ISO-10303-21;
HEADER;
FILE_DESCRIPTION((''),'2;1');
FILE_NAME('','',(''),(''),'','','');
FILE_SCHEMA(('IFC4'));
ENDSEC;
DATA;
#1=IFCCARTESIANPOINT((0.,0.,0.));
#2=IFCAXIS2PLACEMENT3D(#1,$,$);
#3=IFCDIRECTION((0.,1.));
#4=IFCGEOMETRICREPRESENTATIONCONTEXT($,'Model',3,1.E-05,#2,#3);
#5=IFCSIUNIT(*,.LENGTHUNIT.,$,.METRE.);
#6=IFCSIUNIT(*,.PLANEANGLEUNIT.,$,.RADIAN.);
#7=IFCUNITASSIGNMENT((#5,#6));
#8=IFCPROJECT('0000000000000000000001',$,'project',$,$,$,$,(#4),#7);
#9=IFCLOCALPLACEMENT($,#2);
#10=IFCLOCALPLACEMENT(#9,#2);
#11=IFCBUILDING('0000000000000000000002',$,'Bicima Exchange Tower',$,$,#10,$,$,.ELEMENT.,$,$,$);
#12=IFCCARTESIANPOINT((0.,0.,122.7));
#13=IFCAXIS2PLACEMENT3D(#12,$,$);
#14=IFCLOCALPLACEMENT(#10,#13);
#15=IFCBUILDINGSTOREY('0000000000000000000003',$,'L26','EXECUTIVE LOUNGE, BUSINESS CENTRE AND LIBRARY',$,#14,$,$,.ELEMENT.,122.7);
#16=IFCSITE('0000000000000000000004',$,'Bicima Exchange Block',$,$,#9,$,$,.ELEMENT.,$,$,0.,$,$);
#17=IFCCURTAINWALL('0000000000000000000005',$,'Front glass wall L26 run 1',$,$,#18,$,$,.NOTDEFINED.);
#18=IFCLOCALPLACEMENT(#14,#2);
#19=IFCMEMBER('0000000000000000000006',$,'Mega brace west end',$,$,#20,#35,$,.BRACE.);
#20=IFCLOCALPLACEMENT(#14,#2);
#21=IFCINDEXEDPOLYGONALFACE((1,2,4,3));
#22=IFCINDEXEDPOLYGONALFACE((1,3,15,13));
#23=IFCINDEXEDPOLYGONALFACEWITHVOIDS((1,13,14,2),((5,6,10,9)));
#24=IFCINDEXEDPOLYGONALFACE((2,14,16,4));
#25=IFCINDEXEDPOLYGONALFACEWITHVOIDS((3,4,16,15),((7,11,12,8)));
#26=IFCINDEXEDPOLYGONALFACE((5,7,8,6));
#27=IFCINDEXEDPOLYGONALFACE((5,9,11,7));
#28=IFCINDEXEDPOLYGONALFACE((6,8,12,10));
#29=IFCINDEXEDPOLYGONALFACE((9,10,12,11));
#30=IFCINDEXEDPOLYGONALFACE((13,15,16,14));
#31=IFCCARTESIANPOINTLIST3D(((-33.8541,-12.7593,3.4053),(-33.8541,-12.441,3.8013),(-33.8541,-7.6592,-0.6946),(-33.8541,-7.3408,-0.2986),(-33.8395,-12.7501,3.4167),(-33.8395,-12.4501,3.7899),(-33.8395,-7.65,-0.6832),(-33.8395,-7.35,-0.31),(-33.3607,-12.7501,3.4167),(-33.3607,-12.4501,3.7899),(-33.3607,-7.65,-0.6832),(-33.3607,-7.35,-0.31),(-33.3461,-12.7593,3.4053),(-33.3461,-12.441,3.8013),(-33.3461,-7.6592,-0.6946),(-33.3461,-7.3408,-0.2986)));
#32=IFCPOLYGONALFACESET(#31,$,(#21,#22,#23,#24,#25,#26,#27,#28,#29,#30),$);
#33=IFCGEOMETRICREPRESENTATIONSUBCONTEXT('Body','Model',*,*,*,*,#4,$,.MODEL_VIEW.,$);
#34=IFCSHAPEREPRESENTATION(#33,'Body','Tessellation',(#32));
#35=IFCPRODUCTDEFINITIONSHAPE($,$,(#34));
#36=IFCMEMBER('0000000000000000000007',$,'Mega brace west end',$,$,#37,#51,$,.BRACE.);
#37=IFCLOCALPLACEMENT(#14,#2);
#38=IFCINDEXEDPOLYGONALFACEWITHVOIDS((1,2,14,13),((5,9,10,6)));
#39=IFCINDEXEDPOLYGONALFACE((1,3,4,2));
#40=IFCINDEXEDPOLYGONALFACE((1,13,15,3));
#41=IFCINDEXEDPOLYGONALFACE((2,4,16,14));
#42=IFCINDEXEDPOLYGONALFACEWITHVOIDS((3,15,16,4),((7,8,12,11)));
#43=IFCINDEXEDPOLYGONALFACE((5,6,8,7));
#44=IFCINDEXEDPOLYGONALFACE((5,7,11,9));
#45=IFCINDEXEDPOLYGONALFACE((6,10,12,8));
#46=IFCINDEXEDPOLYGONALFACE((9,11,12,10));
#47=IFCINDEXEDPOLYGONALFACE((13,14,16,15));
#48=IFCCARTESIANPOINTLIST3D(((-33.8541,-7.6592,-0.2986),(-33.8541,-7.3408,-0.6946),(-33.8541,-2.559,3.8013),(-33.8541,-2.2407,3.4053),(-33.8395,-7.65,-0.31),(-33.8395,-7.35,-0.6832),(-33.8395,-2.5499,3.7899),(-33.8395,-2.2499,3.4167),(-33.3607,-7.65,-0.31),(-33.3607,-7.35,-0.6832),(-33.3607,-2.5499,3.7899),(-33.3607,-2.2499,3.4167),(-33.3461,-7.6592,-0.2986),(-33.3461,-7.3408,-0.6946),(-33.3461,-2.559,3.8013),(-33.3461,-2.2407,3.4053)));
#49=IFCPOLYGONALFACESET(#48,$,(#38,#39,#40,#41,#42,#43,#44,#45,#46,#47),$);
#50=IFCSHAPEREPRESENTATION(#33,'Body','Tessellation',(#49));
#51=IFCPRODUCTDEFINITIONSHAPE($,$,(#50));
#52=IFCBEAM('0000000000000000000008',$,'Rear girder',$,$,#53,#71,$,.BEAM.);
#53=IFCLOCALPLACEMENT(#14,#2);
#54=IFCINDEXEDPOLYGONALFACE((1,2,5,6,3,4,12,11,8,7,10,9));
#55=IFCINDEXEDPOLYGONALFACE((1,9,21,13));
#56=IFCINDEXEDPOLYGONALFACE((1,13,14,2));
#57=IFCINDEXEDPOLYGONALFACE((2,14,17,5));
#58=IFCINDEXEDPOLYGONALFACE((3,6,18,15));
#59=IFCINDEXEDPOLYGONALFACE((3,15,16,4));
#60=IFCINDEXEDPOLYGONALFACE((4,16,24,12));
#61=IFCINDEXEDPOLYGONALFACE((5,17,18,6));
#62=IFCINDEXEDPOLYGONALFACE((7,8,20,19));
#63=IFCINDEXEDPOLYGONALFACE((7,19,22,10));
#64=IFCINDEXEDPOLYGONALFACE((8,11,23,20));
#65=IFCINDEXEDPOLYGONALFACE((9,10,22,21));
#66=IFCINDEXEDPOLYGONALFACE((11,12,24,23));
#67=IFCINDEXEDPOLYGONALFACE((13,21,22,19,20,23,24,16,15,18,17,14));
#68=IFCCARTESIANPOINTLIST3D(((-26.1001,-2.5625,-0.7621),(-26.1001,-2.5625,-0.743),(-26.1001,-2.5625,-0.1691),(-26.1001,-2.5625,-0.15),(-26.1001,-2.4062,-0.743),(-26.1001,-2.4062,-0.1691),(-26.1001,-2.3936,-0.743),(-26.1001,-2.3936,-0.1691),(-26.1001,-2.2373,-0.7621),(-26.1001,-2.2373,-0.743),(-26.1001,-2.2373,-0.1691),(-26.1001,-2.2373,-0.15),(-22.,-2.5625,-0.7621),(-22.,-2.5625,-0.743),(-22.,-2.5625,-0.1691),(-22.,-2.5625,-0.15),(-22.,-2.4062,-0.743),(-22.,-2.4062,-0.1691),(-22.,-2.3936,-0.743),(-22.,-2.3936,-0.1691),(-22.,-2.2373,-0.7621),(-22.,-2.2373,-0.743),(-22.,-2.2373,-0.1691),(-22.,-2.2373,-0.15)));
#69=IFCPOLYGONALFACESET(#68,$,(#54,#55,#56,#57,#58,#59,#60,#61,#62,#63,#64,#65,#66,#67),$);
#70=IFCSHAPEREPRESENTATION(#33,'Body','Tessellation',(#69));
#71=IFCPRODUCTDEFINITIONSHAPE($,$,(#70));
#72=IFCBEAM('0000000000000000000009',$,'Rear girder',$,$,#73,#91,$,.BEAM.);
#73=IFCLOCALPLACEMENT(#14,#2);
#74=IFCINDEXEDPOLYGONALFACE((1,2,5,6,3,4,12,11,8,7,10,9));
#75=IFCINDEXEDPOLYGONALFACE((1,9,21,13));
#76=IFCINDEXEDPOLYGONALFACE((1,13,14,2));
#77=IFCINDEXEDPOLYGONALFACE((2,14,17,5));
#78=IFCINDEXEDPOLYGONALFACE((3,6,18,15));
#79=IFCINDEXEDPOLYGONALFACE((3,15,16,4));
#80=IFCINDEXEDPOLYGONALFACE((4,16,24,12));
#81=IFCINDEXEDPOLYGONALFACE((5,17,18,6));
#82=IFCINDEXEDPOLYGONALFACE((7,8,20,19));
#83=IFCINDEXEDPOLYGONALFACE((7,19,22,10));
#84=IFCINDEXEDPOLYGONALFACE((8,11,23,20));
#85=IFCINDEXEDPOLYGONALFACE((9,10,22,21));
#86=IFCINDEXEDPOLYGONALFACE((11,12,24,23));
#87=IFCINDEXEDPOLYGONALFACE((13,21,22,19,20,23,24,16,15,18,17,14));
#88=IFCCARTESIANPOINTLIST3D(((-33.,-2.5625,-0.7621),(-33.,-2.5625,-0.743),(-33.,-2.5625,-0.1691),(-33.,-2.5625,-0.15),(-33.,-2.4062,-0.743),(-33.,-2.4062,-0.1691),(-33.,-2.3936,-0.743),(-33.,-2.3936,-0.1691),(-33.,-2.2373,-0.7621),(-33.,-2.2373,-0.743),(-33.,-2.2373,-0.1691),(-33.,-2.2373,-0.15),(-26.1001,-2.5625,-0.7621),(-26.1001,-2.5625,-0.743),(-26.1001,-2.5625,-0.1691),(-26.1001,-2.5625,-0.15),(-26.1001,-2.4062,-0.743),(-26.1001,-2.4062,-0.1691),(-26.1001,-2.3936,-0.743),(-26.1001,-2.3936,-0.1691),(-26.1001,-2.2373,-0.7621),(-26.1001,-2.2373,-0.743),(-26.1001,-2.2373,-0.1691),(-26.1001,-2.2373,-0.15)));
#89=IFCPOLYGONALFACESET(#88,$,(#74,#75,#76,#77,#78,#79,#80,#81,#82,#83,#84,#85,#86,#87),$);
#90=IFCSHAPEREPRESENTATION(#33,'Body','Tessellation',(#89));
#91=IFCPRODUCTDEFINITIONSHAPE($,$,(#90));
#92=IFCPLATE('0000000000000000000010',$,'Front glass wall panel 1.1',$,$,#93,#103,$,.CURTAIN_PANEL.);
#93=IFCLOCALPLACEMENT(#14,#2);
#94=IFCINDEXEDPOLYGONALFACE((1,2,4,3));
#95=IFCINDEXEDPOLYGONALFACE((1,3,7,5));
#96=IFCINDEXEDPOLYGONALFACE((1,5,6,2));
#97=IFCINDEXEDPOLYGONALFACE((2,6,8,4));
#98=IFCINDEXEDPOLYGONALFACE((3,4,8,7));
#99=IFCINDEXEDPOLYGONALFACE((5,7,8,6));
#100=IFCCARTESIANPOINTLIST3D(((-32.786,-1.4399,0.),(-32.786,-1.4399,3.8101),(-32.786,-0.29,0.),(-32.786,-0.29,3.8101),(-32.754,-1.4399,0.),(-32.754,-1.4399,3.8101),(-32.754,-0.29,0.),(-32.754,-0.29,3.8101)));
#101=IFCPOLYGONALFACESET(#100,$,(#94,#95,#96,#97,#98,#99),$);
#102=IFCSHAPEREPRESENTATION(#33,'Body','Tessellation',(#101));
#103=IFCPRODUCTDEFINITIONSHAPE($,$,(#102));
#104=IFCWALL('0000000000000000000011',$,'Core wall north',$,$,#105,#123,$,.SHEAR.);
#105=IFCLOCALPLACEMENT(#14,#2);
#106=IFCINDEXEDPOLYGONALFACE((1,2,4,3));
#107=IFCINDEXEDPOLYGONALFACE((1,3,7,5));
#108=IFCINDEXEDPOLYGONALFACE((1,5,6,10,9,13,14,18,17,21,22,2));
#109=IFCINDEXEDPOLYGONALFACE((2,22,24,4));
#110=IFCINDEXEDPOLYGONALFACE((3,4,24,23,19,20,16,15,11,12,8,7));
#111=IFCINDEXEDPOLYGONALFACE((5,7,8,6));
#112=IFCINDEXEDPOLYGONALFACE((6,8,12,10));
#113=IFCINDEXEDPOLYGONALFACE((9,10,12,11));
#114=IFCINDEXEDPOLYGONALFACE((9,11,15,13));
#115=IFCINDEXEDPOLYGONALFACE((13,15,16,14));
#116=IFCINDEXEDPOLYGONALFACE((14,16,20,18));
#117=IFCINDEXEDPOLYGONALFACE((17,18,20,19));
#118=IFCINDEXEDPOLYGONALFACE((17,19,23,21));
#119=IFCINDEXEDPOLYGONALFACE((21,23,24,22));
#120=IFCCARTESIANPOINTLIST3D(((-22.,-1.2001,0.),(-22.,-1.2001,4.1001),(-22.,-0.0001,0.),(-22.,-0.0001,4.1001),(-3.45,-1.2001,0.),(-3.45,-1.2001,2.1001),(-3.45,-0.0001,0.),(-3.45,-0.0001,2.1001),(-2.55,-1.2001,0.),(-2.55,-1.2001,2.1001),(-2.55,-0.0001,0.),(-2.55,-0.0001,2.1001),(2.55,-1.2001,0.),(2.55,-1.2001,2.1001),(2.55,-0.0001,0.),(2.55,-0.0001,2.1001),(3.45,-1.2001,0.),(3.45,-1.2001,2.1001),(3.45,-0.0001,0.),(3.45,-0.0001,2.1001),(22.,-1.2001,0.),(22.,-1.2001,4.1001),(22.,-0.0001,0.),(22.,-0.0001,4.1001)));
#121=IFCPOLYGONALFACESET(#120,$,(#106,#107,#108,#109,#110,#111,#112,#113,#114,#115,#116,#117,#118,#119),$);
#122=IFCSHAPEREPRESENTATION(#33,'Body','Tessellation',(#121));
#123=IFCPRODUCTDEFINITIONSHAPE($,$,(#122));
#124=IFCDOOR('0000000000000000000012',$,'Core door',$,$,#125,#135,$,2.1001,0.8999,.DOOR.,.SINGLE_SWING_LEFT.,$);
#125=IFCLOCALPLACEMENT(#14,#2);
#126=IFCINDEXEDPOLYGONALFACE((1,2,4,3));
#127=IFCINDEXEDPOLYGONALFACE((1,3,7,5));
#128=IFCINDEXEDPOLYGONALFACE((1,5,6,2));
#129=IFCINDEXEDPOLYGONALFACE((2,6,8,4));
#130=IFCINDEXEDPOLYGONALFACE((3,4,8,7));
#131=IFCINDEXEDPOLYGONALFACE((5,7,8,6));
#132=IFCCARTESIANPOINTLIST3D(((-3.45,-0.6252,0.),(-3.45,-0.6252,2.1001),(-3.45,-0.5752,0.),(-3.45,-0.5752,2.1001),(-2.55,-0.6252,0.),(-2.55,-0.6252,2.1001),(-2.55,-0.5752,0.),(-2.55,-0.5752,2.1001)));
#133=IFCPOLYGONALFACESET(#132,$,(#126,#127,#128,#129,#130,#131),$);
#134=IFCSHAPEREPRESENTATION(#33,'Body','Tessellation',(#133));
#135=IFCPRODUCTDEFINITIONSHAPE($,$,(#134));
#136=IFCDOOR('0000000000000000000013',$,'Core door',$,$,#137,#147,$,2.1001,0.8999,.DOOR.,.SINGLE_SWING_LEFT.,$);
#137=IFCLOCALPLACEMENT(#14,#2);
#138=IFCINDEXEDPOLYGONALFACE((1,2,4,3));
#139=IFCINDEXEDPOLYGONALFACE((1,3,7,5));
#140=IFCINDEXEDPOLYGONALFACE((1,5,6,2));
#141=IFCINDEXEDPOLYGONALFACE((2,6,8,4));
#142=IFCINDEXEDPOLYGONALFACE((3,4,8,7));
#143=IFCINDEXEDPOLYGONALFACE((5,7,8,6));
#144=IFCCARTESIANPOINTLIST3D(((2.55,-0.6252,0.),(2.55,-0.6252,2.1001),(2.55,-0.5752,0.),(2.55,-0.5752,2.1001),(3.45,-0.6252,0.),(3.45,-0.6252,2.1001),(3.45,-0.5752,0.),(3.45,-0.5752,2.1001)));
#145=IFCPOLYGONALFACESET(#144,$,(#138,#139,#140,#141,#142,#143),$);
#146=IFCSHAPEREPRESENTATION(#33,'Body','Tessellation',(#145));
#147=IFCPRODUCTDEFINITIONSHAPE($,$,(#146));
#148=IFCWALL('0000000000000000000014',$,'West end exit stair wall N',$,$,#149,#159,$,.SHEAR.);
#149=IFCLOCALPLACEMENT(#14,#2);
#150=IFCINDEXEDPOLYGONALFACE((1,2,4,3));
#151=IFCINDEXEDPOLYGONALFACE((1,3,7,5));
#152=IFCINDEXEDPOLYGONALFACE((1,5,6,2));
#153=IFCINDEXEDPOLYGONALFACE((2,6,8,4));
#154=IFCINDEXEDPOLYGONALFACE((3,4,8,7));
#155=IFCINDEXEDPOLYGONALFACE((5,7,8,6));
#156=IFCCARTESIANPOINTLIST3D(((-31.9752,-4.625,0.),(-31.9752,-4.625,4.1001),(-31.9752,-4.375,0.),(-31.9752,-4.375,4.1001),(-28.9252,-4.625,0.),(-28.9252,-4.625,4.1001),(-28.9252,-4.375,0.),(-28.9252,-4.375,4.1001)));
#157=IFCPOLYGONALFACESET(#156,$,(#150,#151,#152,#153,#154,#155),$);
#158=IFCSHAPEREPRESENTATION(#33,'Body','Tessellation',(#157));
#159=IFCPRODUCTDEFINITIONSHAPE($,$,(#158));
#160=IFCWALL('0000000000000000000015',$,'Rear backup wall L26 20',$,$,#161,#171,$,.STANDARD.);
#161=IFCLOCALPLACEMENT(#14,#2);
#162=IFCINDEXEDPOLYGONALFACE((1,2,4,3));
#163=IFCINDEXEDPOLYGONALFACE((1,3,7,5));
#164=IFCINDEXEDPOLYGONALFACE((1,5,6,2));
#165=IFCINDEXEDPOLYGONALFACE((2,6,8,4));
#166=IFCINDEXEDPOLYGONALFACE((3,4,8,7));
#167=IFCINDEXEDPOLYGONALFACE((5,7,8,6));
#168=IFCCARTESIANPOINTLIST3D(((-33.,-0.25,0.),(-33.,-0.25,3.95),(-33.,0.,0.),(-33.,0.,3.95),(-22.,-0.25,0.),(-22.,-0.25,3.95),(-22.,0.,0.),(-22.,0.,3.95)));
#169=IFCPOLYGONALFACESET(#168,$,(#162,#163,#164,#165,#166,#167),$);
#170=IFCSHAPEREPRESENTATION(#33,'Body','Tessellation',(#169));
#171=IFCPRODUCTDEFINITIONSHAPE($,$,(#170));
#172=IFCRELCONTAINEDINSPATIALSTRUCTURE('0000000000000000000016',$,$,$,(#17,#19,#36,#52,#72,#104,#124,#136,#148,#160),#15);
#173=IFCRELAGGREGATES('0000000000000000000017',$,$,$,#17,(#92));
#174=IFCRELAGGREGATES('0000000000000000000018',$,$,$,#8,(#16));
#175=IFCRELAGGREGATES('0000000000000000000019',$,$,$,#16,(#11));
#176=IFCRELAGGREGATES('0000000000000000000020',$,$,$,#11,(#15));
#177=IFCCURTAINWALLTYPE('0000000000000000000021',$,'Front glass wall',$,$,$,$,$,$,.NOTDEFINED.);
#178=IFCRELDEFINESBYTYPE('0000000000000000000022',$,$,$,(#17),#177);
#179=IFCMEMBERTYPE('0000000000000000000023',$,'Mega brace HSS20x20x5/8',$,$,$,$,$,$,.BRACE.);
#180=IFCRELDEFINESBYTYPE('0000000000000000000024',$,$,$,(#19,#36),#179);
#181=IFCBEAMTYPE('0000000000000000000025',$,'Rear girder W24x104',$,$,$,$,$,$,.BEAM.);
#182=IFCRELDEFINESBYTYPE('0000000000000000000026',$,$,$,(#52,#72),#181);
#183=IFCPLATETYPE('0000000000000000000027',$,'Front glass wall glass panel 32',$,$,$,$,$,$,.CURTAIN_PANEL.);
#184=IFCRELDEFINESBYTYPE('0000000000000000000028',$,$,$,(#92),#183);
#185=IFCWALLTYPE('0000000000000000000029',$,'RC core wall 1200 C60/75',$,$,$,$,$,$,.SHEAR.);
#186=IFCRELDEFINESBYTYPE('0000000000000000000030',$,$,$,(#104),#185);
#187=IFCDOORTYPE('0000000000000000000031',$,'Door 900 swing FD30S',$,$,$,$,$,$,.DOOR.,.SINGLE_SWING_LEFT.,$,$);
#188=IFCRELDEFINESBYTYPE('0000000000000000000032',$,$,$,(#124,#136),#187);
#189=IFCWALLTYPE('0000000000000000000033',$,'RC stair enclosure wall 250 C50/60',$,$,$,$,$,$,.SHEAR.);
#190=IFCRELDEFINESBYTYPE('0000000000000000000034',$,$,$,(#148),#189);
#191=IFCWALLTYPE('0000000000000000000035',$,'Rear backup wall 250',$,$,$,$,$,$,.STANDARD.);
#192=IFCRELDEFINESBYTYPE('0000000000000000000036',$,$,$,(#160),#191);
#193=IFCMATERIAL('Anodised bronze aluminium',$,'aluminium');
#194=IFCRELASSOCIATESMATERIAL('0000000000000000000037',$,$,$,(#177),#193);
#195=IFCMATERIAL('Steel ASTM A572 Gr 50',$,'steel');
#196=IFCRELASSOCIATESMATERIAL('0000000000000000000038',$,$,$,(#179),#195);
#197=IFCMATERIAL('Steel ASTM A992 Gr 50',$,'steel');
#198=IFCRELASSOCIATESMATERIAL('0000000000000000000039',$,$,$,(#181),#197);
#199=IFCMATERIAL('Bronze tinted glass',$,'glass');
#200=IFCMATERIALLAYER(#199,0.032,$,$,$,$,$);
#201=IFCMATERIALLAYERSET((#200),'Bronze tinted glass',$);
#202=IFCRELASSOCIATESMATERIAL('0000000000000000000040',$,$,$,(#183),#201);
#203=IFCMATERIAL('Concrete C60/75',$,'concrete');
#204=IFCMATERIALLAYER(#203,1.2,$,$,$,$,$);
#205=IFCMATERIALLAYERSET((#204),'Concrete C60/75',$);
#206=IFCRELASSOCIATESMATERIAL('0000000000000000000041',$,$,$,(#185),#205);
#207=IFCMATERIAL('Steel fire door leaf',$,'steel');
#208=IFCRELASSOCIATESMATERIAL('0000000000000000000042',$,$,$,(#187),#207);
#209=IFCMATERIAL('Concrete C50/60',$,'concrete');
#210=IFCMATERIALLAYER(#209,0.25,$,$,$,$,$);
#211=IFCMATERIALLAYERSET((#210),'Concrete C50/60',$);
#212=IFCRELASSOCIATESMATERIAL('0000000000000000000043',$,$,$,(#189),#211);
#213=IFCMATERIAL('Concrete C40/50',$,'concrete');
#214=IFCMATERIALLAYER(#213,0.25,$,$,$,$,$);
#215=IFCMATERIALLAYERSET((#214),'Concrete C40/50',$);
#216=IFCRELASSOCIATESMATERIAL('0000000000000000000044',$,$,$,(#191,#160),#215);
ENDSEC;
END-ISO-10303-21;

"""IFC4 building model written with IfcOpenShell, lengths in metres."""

from ifc_helpers import new_model, si_unit, direction, frame, frame_2d, origin, origin_2d, place, context, subcontext, project, spatial, rectangle, hollow_rectangle, i_section, extrude, material, layer, layer_set, layer_usage, material_profile, profile_set, type_object, element, fill, aggregate, save


model = new_model("IFC4")

# Units and contexts
model_context = context("Model", 3, precision=1e-05, world=origin(), true_north=direction((0.0, 1.0)))
body_context = subcontext(model_context, "Body", "Model", "MODEL_VIEW")
ifc_project = project(units=[si_unit("LENGTHUNIT", "METRE"), si_unit("PLANEANGLEUNIT", "RADIAN")], contexts=[model_context])

# Site, building, storey
site_placement = place(None, origin())
site = spatial("IfcSite", under=ifc_project, at=site_placement, Name="Bicima Exchange Block", CompositionType="ELEMENT", RefElevation=0.0)
building_placement = place(site_placement, origin())
building = spatial("IfcBuilding", under=site, at=building_placement, Name="Bicima Exchange Tower", CompositionType="ELEMENT")
storey_placement = place(building_placement, frame((0.0, 0.0, 122.7)))
storey = spatial("IfcBuildingStorey", under=building, at=storey_placement, Name="L26", Description="EXECUTIVE LOUNGE, BUSINESS CENTRE AND LIBRARY", CompositionType="ELEMENT", Elevation=122.7)

# Shared definitions
ifc_material_1 = material(Name="Steel ASTM A572 Gr 50", Category="steel")
ifc_material_2 = material(Name="Steel ASTM A992 Gr 50", Category="steel")

# Curtain wall
ifc_material_3 = material(Name="Anodised bronze aluminium", Category="aluminium")
curtain_wall_type = type_object("IfcCurtainWallType", Name="Front glass wall", PredefinedType="NOTDEFINED", material=ifc_material_3)
curtain_wall_placement = place(storey_placement, origin())
curtain_wall = element("IfcCurtainWall", 1, at=curtain_wall_placement, inside=storey, type_object=curtain_wall_type, Name="Front glass wall L26 run 1", PredefinedType="NOTDEFINED")

# Members
ifc_material_profile_1 = material_profile(ifc_material_1, hollow_rectangle(XDim=0.5081, YDim=0.5081, WallThickness=0.0146, at=origin_2d()))
ifc_profile_set_1 = profile_set([ifc_material_profile_1], Name="Steel ASTM A572 Gr 50")
member_type_1 = type_object("IfcMemberType", Name="Mega brace HSS20x20x5/8", PredefinedType="BRACE", material=ifc_profile_set_1)
for number, where, z_axis, x_axis, name in (
    (2, (-33.6001, -7.5, -0.4966), (0.0, -0.779392, 0.626536), (1.0, 0.0, 0.0), "Mega brace west end"),
    (3, (-33.6001, -7.5, -0.4966), (0.0, 0.779392, 0.626536), (-1.0, 0.0, 0.0), "Mega brace west end"),
):
    element("IfcMember", number, at=place(storey_placement, frame(where, z_axis=z_axis, x_axis=x_axis)), inside=storey, type_object=member_type_1, Name=name, PredefinedType="BRACE", context=body_context, shape_type="SweptSolid", body=[
        extrude(hollow_rectangle(XDim=0.5081, YDim=0.5081, WallThickness=0.0146, at=origin_2d()), origin(), (0.0, 0.0, 1.0), 6.5437),
    ])

# Beams
ifc_material_profile_2 = material_profile(ifc_material_2, i_section(OverallWidth=0.3252, OverallDepth=0.6121, WebThickness=0.0127, FlangeThickness=0.019, at=origin_2d()))
ifc_profile_set_2 = profile_set([ifc_material_profile_2], Name="Steel ASTM A992 Gr 50")
beam_type_1 = type_object("IfcBeamType", Name="Rear girder W24x104", PredefinedType="BEAM", material=ifc_profile_set_2)
beam_1_placement = place(storey_placement, frame((-22.0, -2.3999, -0.4561), z_axis=(-1.0, 0.0, 0.0), x_axis=(0.0, -1.0, 0.0)))
element("IfcBeam", 4, at=beam_1_placement, inside=storey, type_object=beam_type_1, Name="Rear girder", PredefinedType="BEAM", context=body_context, shape_type="SweptSolid", body=[
    extrude(i_section(OverallWidth=0.3252, OverallDepth=0.6121, WebThickness=0.0127, FlangeThickness=0.019, at=origin_2d()), origin(), (0.0, 0.0, 1.0), 4.1001),
])
beam_2_placement = place(storey_placement, frame((-26.1001, -2.3999, -0.4561), z_axis=(-1.0, 0.0, 0.0), x_axis=(0.0, -1.0, 0.0)))
element("IfcBeam", 5, at=beam_2_placement, inside=storey, type_object=beam_type_1, Name="Rear girder", PredefinedType="BEAM", context=body_context, shape_type="SweptSolid", body=[
    extrude(i_section(OverallWidth=0.3252, OverallDepth=0.6121, WebThickness=0.0127, FlangeThickness=0.019, at=origin_2d()), origin(), (0.0, 0.0, 1.0), 6.8999),
])

# Plate
ifc_material_4 = material(Name="Bronze tinted glass", Category="glass")
ifc_layer_1 = layer(ifc_material_4, 0.032)
ifc_layer_set_1 = layer_set([ifc_layer_1], Name="Bronze tinted glass")
plate_type = type_object("IfcPlateType", Name="Front glass wall glass panel 32", PredefinedType="CURTAIN_PANEL", material=ifc_layer_set_1)
plate_placement = place(storey_placement, frame((-32.77, -0.865, 0.0), z_axis=(0.0, 0.0, 1.0), x_axis=(0.0, -1.0, 0.0)))
plate = element("IfcPlate", 6, at=plate_placement, type_object=plate_type, Name="Front glass wall panel 1.1", PredefinedType="CURTAIN_PANEL", context=body_context, shape_type="SweptSolid", body=[
    extrude(rectangle(XDim=1.1499, YDim=0.032, at=origin_2d()), origin(), (0.0, 0.0, 1.0), 3.8101),
])
aggregate(curtain_wall, [plate])

# Wall, openings, doors
ifc_material_5 = material(Name="Concrete C60/75", Category="concrete")
ifc_layer_2 = layer(ifc_material_5, 1.2)
ifc_layer_set_2 = layer_set([ifc_layer_2], Name="Concrete C60/75")
wall_type_1 = type_object("IfcWallType", Name="RC core wall 1200 C60/75", PredefinedType="SHEAR", material=ifc_layer_set_2)
wall_1_placement = place(storey_placement, frame((-22.0, -0.6001, 0.0), z_axis=(0.0, 0.0, 1.0), x_axis=(1.0, 0.0, 0.0)))
wall_1 = element("IfcWall", 7, at=wall_1_placement, inside=storey, type_object=wall_type_1, Name="Core wall north", PredefinedType="SHEAR", context=body_context, shape_type="SweptSolid", body=[
    extrude(rectangle(XDim=44.0, YDim=1.2, at=frame_2d((22.0, 0.0))), origin(), (0.0, 0.0, 1.0), 4.1001),
])
opening_1_placement = place(wall_1_placement, frame((18.55, 0.0, 0.0)))
opening_1 = element("IfcOpeningElement", 8, at=opening_1_placement, cuts=wall_1, PredefinedType="OPENING", context=body_context, shape_type="SweptSolid", body=[
    extrude(rectangle(XDim=0.8999, YDim=2.1001, at=frame_2d((0.45, 1.05))), frame((0.0, 0.6118, 0.0), z_axis=(0.0, -1.0, 0.0), x_axis=(1.0, 0.0, 0.0)), (0.0, 0.0, 1.0), 1.2239),
])
opening_2_placement = place(wall_1_placement, frame((24.55, 0.0, 0.0)))
opening_2 = element("IfcOpeningElement", 9, at=opening_2_placement, cuts=wall_1, PredefinedType="OPENING", context=body_context, shape_type="SweptSolid", body=[
    extrude(rectangle(XDim=0.8999, YDim=2.1001, at=frame_2d((0.45, 1.05))), frame((0.0, 0.6118, 0.0), z_axis=(0.0, -1.0, 0.0), x_axis=(1.0, 0.0, 0.0)), (0.0, 0.0, 1.0), 1.2239),
])
ifc_material_6 = material(Name="Steel fire door leaf", Category="steel")
door_type = type_object("IfcDoorType", Name="Door 900 swing FD30S", OperationType="SINGLE_SWING_LEFT", PredefinedType="DOOR", material=ifc_material_6)
door_1_placement = place(opening_1_placement, origin())
door_1 = element("IfcDoor", 10, at=door_1_placement, inside=storey, type_object=door_type, Name="Core door", OperationType="SINGLE_SWING_LEFT", OverallHeight=2.1001, OverallWidth=0.8999, PredefinedType="DOOR", context=body_context, shape_type="SweptSolid", body=[
    extrude(rectangle(XDim=0.8999, YDim=2.1001, at=frame_2d((0.45, 1.05))), frame((0.0, 0.0249, 0.0), z_axis=(0.0, -1.0, 0.0), x_axis=(1.0, 0.0, 0.0)), (0.0, 0.0, 1.0), 0.05),
])
fill(opening_1, door_1)
door_2_placement = place(opening_2_placement, origin())
door_2 = element("IfcDoor", 11, at=door_2_placement, inside=storey, type_object=door_type, Name="Core door", OperationType="SINGLE_SWING_LEFT", OverallHeight=2.1001, OverallWidth=0.8999, PredefinedType="DOOR", context=body_context, shape_type="SweptSolid", body=[
    extrude(rectangle(XDim=0.8999, YDim=2.1001, at=frame_2d((0.45, 1.05))), frame((0.0, 0.0249, 0.0), z_axis=(0.0, -1.0, 0.0), x_axis=(1.0, 0.0, 0.0)), (0.0, 0.0, 1.0), 0.05),
])
fill(opening_2, door_2)

# Walls
ifc_material_7 = material(Name="Concrete C50/60", Category="concrete")
ifc_layer_3 = layer(ifc_material_7, 0.25)
ifc_layer_set_3 = layer_set([ifc_layer_3], Name="Concrete C50/60")
wall_type_2 = type_object("IfcWallType", Name="RC stair enclosure wall 250 C50/60", PredefinedType="SHEAR", material=ifc_layer_set_3)
wall_2_placement = place(storey_placement, frame((-31.9751, -4.5, 0.0), z_axis=(0.0, 0.0, 1.0), x_axis=(1.0, 0.0, 0.0)))
element("IfcWall", 12, at=wall_2_placement, inside=storey, type_object=wall_type_2, Name="West end exit stair wall N", PredefinedType="SHEAR", context=body_context, shape_type="SweptSolid", body=[
    extrude(rectangle(XDim=3.05, YDim=0.25, at=frame_2d((1.5249, 0.0))), origin(), (0.0, 0.0, 1.0), 4.1001),
])
ifc_material_8 = material(Name="Concrete C40/50", Category="concrete")
ifc_layer_4 = layer(ifc_material_8, 0.25)
ifc_layer_set_4 = layer_set([ifc_layer_4], Name="Concrete C40/50")
ifc_layer_usage = layer_usage(ifc_layer_set_4, "AXIS2", "POSITIVE", -0.125)
wall_type_3 = type_object("IfcWallType", Name="Rear backup wall 250", PredefinedType="STANDARD", material=ifc_layer_set_4)
wall_3_placement = place(storey_placement, frame((-22.0, -0.125, 0.0), z_axis=(0.0, 0.0, 1.0), x_axis=(-1.0, 0.0, 0.0)))
element("IfcWall", 13, at=wall_3_placement, inside=storey, type_object=wall_type_3, material=ifc_layer_usage, Name="Rear backup wall L26 20", PredefinedType="STANDARD", context=body_context, shape_type="SweptSolid", body=[
    extrude(rectangle(XDim=11.0, YDim=0.25, at=frame_2d((5.5, 0.0))), origin(), (0.0, 0.0, 1.0), 3.95),
])

save(model, "model.ifc")
